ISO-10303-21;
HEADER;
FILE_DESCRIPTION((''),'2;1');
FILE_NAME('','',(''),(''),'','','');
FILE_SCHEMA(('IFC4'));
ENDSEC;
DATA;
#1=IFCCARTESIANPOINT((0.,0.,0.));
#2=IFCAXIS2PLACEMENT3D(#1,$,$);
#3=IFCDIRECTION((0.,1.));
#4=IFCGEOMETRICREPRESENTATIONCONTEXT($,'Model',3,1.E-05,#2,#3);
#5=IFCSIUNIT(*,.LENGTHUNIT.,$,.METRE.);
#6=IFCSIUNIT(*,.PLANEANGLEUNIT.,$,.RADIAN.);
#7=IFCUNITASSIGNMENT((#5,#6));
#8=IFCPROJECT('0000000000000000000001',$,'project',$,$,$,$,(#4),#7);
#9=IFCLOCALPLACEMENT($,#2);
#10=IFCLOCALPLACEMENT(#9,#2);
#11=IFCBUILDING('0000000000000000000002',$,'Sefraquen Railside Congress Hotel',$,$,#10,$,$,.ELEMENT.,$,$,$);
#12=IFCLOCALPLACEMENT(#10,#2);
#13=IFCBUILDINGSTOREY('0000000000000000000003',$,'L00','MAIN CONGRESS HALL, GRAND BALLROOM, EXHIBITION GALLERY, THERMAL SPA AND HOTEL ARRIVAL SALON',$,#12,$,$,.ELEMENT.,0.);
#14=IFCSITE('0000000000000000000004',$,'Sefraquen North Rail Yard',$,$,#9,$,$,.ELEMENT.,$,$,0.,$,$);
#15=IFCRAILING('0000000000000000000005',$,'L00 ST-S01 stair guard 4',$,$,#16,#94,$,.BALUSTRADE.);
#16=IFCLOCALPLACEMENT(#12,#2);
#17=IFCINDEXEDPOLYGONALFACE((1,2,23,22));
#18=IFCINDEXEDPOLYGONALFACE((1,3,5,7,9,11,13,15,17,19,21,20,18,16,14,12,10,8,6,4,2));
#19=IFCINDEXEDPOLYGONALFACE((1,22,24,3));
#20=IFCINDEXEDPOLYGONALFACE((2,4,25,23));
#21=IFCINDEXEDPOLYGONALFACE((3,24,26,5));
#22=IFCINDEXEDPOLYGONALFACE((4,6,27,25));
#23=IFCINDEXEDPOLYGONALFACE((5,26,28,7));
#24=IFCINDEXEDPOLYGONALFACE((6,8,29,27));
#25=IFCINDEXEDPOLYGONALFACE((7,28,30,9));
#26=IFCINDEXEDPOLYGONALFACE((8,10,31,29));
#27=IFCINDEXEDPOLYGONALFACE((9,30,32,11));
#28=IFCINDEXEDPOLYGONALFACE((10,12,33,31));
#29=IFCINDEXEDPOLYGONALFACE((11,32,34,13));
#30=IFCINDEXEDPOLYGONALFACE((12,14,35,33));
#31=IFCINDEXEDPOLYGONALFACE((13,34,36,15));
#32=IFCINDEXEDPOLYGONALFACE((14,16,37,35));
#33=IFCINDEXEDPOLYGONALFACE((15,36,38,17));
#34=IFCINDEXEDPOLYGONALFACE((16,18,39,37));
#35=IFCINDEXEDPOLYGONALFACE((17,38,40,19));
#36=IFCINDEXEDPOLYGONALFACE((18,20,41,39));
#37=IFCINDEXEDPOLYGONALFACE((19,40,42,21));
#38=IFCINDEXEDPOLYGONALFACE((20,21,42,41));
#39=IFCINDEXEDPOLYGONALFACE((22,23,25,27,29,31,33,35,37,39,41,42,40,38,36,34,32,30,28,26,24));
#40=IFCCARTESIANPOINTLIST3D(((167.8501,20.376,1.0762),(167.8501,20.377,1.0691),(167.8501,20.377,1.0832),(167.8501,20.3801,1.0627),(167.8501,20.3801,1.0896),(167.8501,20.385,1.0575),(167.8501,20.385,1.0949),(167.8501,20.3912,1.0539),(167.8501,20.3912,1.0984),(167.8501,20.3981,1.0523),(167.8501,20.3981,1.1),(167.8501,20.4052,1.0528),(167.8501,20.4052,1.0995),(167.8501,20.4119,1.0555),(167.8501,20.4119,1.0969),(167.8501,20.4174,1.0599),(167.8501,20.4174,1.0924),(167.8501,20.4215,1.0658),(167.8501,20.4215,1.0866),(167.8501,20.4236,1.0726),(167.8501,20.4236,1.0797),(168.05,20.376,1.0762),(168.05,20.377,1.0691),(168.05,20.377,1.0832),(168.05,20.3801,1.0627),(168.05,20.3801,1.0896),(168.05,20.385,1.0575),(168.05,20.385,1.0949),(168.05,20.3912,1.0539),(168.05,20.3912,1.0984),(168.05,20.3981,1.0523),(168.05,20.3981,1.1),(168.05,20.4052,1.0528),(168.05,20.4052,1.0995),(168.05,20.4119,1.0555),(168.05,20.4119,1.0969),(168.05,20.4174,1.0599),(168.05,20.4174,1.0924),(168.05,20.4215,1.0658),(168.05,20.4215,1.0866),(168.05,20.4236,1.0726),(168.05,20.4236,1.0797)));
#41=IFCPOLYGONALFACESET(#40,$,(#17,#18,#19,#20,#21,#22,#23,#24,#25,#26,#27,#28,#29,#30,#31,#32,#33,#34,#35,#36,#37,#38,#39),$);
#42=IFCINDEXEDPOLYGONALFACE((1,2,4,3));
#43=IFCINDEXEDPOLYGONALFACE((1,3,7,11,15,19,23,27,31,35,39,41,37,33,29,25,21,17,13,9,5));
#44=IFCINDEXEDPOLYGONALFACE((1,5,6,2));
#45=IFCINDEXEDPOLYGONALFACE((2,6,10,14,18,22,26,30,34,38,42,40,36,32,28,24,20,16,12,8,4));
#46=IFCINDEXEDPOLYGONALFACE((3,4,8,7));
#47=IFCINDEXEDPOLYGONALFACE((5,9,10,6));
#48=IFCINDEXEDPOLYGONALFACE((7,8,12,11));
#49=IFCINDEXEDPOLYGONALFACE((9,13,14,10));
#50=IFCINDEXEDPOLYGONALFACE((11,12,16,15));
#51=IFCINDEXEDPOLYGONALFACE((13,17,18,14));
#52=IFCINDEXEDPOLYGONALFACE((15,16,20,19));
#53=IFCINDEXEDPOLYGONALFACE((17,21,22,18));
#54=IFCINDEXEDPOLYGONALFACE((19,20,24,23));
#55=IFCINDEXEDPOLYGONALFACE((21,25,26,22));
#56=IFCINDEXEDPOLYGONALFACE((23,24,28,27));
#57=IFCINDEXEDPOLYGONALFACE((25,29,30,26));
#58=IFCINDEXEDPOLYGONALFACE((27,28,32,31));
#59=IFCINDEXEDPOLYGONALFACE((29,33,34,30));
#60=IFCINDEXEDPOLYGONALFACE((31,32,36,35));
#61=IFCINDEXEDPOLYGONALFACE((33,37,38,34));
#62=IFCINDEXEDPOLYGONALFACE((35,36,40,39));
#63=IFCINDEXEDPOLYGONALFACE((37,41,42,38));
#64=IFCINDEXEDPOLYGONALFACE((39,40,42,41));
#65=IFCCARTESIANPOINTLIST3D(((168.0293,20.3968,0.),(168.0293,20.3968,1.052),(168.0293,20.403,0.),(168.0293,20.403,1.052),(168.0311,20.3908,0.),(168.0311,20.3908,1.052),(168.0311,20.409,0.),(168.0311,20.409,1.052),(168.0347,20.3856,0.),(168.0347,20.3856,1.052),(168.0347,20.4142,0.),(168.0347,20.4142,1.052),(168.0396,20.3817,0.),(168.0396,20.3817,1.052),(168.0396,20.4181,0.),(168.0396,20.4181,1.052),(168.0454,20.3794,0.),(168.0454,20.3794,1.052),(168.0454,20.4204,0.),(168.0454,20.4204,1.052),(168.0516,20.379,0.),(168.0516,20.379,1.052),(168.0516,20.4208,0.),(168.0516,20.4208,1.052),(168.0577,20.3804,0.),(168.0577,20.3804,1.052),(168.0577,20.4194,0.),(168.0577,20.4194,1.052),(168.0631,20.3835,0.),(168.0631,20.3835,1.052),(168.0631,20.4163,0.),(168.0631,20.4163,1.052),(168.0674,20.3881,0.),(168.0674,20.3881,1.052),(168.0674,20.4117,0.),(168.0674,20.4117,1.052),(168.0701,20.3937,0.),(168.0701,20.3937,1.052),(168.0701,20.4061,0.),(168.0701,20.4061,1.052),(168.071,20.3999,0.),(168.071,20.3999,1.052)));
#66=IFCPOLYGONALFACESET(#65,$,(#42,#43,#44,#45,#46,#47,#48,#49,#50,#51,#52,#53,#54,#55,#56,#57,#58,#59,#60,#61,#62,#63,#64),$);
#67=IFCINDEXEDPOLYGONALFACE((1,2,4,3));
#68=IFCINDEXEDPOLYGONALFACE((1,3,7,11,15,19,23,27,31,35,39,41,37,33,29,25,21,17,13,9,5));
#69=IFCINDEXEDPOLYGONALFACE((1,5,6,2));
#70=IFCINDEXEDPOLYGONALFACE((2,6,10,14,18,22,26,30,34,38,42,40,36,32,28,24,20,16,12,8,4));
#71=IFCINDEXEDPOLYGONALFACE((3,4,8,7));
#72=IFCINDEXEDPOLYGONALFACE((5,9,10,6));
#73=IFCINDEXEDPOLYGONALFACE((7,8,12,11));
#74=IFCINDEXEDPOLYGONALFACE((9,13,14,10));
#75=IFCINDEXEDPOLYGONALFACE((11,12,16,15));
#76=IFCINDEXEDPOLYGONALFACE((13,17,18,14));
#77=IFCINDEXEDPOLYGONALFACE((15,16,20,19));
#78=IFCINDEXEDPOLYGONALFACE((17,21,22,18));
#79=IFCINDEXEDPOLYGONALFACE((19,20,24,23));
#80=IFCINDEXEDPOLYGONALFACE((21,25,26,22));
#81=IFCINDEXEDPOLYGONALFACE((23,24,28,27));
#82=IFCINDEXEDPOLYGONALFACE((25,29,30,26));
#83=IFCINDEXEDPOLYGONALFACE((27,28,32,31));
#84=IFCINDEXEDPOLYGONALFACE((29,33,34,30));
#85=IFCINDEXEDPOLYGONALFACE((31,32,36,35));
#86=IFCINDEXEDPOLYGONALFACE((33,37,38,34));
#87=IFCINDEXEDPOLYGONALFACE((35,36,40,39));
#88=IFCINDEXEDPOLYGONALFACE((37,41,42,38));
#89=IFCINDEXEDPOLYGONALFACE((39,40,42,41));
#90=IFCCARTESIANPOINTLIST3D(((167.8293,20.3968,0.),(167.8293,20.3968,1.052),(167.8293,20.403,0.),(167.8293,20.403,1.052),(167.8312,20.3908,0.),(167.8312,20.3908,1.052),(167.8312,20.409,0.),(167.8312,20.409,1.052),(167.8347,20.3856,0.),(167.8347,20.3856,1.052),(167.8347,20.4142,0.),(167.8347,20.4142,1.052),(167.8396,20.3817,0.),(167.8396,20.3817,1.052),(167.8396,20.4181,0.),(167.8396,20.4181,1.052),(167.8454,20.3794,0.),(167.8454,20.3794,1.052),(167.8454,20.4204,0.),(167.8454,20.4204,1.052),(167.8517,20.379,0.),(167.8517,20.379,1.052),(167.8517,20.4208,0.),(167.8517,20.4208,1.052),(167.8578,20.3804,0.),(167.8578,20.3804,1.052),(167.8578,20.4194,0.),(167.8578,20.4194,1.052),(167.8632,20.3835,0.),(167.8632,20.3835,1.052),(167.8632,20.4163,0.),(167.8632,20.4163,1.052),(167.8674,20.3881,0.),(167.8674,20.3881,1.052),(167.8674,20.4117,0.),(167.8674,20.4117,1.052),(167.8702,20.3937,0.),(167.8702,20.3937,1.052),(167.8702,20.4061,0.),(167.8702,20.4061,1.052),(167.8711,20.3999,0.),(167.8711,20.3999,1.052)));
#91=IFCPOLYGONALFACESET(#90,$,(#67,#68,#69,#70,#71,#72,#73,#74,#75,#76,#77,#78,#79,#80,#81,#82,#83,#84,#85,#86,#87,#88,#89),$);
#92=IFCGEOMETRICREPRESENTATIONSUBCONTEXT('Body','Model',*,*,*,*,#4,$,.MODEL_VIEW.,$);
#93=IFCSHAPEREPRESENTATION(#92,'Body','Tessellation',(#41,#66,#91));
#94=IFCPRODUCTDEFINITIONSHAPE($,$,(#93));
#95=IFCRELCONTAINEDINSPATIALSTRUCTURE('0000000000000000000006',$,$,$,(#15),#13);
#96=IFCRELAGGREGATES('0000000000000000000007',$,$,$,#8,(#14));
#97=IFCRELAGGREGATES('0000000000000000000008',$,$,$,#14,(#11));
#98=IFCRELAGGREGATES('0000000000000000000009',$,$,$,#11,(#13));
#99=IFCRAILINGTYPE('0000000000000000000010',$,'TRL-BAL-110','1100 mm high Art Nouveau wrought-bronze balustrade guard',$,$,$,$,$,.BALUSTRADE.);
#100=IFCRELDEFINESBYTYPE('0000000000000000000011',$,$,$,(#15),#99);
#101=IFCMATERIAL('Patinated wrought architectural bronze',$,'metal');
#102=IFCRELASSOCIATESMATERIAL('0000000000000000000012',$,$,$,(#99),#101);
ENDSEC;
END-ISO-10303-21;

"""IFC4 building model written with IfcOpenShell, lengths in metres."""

from ifc_helpers import new_model, si_unit, direction, frame, origin, origin_2d, place, context, subcontext, project, spatial, circle, extrude, material, type_object, element, save


model = new_model("IFC4")

# Units and contexts
model_context = context("Model", 3, precision=1e-05, world=origin(), true_north=direction((0.0, 1.0)))
body_context = subcontext(model_context, "Body", "Model", "MODEL_VIEW")
ifc_project = project(units=[si_unit("LENGTHUNIT", "METRE"), si_unit("PLANEANGLEUNIT", "RADIAN")], contexts=[model_context])

# Site, building, storey
site_placement = place(None, origin())
site = spatial("IfcSite", under=ifc_project, at=site_placement, Name="Sefraquen North Rail Yard", CompositionType="ELEMENT", RefElevation=0.0)
building_placement = place(site_placement, origin())
building = spatial("IfcBuilding", under=site, at=building_placement, Name="Sefraquen Railside Congress Hotel", CompositionType="ELEMENT")
storey_placement = place(building_placement, origin())
storey = spatial("IfcBuildingStorey", under=building, at=storey_placement, Name="L00", Description="MAIN CONGRESS HALL, GRAND BALLROOM, EXHIBITION GALLERY, THERMAL SPA AND HOTEL ARRIVAL SALON", CompositionType="ELEMENT", Elevation=0.0)

# Railing
ifc_material_1 = material(Name="Patinated wrought architectural bronze", Category="metal")
railing_type_1 = type_object("IfcRailingType", Name="TRL-BAL-110", Description="1100 mm high Art Nouveau wrought-bronze balustrade guard", PredefinedType="BALUSTRADE", material=ifc_material_1)
railing_1_placement = place(storey_placement, frame((168.05, 20.3999, 0.0)))
element("IfcRailing", 1, at=railing_1_placement, inside=storey, type_object=railing_type_1, Name="L00 ST-S01 stair guard 4", PredefinedType="BALUSTRADE", context=body_context, shape_type="SweptSolid", body=[
    extrude(circle(Radius=0.0239, at=origin_2d()), frame((0.0, 0.0, 1.0762), z_axis=(-1.0, 0.0, 0.0), x_axis=(0.0, -1.0, 0.0)), (0.0, 0.0, 1.0), 0.2),
    extrude(circle(Radius=0.021, at=origin_2d()), origin(), (0.0, 0.0, 1.0), 1.052),
    extrude(circle(Radius=0.021, at=origin_2d()), frame((-0.2, 0.0, 0.0)), (0.0, 0.0, 1.0), 1.052),
])

save(model, "model.ifc")
